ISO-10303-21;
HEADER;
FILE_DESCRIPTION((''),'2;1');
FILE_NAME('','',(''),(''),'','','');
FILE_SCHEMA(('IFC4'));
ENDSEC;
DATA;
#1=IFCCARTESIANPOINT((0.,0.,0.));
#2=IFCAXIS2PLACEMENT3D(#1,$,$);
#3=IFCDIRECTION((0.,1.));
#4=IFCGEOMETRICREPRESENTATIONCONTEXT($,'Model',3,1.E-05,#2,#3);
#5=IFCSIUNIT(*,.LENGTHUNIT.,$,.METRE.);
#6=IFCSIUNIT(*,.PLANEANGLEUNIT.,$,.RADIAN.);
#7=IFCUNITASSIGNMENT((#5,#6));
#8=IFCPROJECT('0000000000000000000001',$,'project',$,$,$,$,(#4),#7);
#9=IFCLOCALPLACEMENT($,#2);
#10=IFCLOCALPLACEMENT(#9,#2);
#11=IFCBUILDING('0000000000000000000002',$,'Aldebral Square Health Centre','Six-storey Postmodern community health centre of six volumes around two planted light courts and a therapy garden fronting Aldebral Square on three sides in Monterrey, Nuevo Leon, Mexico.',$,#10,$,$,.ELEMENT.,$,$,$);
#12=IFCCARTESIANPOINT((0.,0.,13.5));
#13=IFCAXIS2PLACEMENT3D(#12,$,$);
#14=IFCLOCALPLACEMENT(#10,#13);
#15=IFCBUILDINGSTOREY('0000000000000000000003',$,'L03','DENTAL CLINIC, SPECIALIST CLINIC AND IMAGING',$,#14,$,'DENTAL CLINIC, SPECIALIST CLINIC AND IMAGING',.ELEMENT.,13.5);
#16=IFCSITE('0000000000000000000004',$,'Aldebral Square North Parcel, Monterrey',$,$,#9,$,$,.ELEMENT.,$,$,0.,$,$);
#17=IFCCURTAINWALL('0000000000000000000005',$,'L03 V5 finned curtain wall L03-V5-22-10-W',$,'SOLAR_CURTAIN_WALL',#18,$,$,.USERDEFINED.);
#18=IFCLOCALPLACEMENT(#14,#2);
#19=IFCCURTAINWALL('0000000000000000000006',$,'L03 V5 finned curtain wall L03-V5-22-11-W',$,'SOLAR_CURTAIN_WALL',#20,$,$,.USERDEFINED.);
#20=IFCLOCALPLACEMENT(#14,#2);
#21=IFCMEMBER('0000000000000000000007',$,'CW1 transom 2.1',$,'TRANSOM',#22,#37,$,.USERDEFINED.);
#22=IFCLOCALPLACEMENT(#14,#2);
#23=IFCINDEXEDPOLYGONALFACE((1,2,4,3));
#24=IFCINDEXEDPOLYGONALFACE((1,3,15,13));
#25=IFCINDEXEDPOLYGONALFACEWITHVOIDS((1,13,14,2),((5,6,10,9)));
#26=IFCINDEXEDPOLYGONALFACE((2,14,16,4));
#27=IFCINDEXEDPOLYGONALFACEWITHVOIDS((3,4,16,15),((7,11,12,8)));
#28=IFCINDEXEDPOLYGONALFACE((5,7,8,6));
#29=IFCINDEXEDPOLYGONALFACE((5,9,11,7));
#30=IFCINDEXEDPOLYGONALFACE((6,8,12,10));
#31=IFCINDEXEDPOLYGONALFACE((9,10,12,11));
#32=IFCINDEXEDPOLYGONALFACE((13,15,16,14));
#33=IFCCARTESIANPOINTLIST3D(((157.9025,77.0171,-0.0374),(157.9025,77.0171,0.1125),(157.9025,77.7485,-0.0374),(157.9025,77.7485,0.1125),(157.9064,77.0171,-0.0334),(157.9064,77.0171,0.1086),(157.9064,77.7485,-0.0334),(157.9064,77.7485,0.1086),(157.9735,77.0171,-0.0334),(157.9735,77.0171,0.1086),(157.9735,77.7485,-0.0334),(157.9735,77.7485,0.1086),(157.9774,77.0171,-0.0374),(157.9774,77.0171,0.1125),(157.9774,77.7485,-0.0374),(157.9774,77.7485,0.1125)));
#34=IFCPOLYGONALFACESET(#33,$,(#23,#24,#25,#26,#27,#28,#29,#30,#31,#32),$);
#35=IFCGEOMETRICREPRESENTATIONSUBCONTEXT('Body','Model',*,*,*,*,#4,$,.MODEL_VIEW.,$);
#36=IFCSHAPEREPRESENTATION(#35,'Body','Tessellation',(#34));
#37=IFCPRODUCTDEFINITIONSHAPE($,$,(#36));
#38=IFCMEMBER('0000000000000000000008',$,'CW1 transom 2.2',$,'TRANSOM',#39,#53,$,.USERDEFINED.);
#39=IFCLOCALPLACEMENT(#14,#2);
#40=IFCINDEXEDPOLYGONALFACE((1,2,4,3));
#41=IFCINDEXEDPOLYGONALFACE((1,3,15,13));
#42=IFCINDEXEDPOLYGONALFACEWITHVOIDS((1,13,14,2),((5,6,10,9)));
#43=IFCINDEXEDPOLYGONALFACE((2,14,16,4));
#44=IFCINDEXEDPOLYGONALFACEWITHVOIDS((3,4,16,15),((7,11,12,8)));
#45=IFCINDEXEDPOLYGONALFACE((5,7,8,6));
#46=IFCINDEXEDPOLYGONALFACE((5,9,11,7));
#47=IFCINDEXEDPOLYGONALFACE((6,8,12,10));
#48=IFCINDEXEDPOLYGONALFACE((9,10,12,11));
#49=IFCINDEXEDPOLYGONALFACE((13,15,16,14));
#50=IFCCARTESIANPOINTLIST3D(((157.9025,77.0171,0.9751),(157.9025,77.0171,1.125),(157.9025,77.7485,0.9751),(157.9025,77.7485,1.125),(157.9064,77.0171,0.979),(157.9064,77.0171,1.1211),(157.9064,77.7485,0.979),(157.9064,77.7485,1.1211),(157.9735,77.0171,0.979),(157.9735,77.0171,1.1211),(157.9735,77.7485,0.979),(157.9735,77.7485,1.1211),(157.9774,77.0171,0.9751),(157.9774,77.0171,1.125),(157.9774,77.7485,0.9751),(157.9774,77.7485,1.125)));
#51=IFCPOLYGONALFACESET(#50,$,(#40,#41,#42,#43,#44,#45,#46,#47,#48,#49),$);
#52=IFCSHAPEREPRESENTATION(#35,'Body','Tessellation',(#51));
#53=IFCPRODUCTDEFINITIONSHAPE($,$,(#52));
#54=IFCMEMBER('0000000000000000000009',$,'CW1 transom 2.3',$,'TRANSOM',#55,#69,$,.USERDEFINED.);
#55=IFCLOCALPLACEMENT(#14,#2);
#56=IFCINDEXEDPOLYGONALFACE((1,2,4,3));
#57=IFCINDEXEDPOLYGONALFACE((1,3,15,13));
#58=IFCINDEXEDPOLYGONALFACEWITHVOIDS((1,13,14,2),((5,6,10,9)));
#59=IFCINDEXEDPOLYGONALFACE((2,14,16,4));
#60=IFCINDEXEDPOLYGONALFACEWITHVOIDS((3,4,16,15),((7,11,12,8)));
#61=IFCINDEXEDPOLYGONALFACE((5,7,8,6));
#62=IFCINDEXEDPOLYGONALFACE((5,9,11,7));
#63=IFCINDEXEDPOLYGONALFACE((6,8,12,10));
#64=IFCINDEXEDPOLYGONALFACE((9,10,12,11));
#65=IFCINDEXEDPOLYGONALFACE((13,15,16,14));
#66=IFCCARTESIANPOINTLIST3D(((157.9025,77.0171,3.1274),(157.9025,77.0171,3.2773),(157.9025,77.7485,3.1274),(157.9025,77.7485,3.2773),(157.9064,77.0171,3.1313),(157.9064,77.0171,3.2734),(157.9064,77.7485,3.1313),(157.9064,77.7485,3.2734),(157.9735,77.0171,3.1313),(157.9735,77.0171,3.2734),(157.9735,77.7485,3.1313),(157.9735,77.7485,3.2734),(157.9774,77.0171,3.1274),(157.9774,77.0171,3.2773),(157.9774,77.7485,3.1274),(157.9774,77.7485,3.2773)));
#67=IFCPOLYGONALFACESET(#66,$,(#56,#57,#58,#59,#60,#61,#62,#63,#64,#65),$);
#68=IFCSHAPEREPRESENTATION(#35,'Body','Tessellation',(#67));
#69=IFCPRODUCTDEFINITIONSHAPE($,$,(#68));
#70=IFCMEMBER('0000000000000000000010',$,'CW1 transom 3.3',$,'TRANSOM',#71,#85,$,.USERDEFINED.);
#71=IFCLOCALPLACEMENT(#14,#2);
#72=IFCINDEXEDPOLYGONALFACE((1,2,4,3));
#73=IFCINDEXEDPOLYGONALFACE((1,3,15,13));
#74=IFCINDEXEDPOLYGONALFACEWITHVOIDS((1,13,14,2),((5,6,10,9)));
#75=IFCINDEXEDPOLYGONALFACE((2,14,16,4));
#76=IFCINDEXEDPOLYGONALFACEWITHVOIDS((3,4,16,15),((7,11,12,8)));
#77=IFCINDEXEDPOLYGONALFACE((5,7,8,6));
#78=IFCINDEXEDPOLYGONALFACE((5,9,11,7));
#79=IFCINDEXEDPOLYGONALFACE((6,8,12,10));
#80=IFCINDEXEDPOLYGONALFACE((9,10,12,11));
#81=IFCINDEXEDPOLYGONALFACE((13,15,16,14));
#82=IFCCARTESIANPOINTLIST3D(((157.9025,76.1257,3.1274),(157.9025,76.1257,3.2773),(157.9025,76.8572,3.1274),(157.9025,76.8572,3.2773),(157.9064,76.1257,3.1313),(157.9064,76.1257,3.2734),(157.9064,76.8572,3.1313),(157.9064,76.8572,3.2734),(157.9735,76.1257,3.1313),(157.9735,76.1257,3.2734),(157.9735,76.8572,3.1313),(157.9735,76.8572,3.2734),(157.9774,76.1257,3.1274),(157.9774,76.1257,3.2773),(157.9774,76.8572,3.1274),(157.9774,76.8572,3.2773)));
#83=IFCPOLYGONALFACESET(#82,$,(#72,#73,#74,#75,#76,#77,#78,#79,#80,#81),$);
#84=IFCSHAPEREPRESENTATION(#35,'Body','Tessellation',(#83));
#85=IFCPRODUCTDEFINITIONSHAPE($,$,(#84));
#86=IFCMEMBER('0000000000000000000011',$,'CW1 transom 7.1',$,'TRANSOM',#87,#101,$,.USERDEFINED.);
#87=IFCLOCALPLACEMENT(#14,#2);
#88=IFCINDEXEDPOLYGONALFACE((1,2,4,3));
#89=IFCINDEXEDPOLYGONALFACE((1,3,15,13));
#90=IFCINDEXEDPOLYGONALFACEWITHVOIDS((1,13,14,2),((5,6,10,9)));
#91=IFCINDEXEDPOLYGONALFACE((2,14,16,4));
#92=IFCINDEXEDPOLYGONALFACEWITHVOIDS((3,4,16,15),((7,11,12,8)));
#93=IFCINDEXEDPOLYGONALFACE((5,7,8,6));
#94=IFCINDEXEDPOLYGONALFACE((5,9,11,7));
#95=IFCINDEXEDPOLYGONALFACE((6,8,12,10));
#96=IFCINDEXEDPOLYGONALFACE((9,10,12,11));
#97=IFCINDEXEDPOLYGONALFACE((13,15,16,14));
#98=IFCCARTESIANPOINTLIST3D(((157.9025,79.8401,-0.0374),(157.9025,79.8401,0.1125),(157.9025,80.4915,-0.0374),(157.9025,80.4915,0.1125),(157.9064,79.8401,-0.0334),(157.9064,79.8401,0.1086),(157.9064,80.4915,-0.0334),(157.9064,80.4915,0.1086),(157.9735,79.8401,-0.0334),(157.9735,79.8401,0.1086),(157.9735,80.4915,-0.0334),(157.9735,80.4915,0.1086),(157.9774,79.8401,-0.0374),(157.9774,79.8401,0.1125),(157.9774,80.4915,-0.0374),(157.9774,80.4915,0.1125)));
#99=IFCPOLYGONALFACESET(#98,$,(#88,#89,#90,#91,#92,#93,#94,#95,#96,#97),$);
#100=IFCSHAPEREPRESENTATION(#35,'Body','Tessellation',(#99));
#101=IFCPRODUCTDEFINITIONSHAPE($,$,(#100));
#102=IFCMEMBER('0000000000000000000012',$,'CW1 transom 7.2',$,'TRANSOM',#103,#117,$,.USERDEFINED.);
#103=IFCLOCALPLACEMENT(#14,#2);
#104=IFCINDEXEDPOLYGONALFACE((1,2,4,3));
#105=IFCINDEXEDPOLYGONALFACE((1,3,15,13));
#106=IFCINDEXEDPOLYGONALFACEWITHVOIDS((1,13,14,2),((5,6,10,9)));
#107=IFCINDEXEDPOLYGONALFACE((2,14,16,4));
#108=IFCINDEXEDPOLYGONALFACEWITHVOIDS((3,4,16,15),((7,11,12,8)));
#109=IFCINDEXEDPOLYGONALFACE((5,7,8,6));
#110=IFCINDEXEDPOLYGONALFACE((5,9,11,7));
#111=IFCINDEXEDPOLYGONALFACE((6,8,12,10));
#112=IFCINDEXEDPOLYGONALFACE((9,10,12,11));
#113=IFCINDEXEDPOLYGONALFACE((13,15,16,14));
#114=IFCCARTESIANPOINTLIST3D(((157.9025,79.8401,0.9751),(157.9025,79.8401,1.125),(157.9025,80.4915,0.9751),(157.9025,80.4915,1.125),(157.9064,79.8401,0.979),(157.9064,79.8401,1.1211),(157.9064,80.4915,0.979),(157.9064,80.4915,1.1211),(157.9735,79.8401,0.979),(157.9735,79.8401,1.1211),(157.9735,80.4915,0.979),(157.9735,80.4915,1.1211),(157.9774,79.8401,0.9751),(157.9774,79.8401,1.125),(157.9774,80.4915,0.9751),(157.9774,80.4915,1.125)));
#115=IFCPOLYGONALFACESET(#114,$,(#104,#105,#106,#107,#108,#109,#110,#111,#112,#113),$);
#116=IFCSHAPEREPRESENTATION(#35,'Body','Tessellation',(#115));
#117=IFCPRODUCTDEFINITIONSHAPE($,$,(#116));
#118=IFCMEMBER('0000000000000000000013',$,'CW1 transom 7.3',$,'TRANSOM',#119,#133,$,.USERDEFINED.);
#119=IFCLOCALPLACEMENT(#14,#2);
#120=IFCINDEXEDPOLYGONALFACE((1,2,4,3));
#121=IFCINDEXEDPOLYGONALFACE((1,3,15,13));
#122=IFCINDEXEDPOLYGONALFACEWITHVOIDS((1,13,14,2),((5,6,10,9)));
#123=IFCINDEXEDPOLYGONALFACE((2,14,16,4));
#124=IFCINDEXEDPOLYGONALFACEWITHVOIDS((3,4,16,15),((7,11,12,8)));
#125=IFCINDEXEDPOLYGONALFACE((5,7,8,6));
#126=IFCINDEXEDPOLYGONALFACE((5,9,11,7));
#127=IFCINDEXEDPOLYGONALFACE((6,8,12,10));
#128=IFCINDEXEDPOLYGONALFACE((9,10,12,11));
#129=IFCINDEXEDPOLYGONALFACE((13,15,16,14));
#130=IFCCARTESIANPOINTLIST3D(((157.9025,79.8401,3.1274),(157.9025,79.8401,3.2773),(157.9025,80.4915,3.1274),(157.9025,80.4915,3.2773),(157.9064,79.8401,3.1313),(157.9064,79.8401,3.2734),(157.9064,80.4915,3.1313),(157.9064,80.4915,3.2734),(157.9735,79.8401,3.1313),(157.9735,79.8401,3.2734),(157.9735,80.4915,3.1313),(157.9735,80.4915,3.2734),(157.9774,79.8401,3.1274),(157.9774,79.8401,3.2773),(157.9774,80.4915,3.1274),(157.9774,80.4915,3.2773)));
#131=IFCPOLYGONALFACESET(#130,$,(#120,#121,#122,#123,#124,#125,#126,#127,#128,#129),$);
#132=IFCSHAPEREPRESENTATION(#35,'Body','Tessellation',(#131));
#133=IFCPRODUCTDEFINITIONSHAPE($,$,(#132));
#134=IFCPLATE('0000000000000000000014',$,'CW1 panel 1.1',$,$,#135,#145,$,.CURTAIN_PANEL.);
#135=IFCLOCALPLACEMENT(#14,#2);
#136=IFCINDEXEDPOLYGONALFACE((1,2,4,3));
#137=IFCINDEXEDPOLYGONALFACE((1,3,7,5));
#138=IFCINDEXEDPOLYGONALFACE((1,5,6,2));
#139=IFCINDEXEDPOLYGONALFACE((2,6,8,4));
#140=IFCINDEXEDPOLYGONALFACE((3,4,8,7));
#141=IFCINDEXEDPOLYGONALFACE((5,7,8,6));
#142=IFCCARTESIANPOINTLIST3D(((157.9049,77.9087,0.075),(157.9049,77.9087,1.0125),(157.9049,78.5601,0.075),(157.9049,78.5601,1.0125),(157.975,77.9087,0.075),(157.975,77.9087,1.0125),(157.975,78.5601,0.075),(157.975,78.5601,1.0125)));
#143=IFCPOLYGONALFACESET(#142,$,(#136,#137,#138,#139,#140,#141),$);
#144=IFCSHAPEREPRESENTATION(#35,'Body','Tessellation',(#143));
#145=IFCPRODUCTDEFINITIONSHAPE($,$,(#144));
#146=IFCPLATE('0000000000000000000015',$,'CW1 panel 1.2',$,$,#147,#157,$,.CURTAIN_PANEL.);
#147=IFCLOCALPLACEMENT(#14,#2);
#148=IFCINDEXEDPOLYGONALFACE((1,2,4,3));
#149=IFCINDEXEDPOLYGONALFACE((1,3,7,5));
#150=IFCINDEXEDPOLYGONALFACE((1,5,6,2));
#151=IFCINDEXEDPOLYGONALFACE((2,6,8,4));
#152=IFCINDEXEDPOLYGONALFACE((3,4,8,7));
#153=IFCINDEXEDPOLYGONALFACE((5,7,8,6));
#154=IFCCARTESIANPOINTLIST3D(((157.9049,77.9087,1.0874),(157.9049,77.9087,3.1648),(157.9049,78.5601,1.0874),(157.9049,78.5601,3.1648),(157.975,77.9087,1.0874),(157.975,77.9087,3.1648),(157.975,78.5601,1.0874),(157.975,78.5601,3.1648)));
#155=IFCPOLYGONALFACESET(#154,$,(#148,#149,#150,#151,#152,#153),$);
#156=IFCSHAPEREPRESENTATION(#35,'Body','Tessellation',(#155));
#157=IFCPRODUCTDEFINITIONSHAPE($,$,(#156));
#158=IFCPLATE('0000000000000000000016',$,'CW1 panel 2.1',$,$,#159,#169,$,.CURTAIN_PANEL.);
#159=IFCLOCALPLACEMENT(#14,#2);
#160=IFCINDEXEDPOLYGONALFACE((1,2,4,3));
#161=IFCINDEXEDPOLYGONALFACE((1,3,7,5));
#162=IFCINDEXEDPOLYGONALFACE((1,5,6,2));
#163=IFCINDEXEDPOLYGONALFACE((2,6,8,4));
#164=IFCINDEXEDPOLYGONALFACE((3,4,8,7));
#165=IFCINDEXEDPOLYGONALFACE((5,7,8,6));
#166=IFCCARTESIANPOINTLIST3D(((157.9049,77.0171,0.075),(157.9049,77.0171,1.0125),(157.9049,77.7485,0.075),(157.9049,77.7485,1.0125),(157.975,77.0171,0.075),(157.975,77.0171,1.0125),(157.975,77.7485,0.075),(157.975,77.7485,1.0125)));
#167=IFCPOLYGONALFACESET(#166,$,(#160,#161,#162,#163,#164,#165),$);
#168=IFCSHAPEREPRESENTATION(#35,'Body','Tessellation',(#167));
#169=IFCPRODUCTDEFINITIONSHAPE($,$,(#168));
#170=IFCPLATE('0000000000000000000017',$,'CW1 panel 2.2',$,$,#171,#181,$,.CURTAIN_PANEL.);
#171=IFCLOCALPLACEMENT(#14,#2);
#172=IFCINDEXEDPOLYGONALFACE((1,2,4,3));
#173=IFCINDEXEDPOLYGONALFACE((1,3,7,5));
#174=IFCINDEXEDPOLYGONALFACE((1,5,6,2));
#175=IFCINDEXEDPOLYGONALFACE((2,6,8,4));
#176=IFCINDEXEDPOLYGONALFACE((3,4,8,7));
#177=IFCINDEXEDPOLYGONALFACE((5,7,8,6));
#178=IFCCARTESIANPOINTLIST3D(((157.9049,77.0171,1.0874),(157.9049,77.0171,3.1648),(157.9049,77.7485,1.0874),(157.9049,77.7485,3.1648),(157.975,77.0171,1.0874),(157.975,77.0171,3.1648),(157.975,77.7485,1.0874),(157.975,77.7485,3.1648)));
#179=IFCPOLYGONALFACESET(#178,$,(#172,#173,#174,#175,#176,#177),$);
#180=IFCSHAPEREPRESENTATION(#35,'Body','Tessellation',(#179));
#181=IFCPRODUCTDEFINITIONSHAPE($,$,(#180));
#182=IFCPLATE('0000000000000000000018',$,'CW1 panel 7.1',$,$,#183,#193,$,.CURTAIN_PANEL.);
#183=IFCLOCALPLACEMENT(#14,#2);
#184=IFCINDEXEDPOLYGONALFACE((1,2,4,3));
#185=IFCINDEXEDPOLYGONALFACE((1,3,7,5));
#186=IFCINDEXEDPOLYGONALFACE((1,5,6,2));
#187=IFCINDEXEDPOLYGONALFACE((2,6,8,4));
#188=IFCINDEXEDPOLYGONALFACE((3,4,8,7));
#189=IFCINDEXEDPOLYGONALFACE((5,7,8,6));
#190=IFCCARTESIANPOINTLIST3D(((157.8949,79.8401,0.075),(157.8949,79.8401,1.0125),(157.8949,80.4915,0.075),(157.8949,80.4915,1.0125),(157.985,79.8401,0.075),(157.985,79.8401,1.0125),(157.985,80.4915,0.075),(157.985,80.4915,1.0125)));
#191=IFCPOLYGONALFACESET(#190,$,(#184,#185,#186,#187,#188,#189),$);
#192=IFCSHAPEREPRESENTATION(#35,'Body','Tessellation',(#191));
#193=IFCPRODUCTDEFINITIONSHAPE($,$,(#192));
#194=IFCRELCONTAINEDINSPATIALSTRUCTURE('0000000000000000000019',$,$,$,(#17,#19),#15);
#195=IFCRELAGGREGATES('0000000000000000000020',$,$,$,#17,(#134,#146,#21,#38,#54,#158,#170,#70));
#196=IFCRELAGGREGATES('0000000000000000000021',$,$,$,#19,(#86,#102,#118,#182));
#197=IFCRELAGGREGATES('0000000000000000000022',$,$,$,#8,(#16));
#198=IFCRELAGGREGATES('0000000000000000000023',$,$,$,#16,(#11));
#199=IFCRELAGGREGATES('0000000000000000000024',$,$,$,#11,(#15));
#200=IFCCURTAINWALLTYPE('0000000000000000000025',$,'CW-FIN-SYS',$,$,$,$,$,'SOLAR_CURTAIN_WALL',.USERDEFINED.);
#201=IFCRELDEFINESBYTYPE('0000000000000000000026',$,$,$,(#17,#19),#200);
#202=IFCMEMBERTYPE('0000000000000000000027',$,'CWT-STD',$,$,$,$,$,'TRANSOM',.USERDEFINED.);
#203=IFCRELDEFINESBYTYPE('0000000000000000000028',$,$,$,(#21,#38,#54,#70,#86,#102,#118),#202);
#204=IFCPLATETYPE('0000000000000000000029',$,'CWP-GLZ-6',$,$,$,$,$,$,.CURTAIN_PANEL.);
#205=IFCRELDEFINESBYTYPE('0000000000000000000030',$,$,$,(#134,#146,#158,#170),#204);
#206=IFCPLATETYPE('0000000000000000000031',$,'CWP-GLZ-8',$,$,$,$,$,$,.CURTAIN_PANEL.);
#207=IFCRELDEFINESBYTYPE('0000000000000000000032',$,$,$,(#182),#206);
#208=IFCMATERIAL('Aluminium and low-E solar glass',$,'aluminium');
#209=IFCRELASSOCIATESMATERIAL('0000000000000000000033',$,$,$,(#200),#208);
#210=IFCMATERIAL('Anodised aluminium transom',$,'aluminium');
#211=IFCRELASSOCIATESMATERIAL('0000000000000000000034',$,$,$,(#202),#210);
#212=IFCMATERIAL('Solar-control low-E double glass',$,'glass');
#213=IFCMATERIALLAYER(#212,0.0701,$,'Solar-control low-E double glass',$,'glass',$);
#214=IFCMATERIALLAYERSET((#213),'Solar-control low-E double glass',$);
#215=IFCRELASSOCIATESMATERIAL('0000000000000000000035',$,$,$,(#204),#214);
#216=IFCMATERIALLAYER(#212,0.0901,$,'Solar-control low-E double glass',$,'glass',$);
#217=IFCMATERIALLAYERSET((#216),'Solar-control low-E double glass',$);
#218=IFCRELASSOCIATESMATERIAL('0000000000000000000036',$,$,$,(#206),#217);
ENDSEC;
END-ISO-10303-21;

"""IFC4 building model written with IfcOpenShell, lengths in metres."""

from ifc_helpers import new_model, si_unit, direction, frame, origin, origin_2d, place, context, subcontext, project, spatial, rectangle, hollow_rectangle, extrude, material, layer, layer_set, material_profile, profile_set, type_object, element, aggregate, save


model = new_model("IFC4")

# Units and contexts
model_context = context("Model", 3, precision=1e-05, world=origin(), true_north=direction((0.0, 1.0)))
body_context = subcontext(model_context, "Body", "Model", "MODEL_VIEW")
ifc_project = project(units=[si_unit("LENGTHUNIT", "METRE"), si_unit("PLANEANGLEUNIT", "RADIAN")], contexts=[model_context])

# Site, building, storey
site_placement = place(None, origin())
site = spatial("IfcSite", under=ifc_project, at=site_placement, Name="Aldebral Square North Parcel, Monterrey", CompositionType="ELEMENT", RefElevation=0.0)
building_placement = place(site_placement, origin())
building = spatial("IfcBuilding", under=site, at=building_placement, Name="Aldebral Square Health Centre", Description="Six-storey Postmodern community health centre of six volumes around two planted light courts and a therapy garden fronting Aldebral Square on three sides in Monterrey, Nuevo Leon, Mexico.", CompositionType="ELEMENT")
storey_placement = place(building_placement, frame((0.0, 0.0, 13.5)))
storey = spatial("IfcBuildingStorey", under=building, at=storey_placement, Name="L03", Description="DENTAL CLINIC, SPECIALIST CLINIC AND IMAGING", LongName="DENTAL CLINIC, SPECIALIST CLINIC AND IMAGING", CompositionType="ELEMENT", Elevation=13.5)

# Curtain walls
ifc_material_1 = material(Name="Aluminium and low-E solar glass", Category="aluminium")
curtain_wall_type = type_object("IfcCurtainWallType", Name="CW-FIN-SYS", ElementType="SOLAR_CURTAIN_WALL", PredefinedType="USERDEFINED", material=ifc_material_1)
curtain_wall_1_placement = place(storey_placement, origin())
curtain_wall_1 = element("IfcCurtainWall", 1, at=curtain_wall_1_placement, inside=storey, type_object=curtain_wall_type, Name="L03 V5 finned curtain wall L03-V5-22-10-W", ObjectType="SOLAR_CURTAIN_WALL", PredefinedType="USERDEFINED")
curtain_wall_2_placement = place(storey_placement, origin())
curtain_wall_2 = element("IfcCurtainWall", 2, at=curtain_wall_2_placement, inside=storey, type_object=curtain_wall_type, Name="L03 V5 finned curtain wall L03-V5-22-11-W", ObjectType="SOLAR_CURTAIN_WALL", PredefinedType="USERDEFINED")

# Members
ifc_material_2 = material(Name="Anodised aluminium transom", Category="aluminium")
ifc_material_profile_1 = material_profile(ifc_material_2, hollow_rectangle(XDim=0.075, YDim=0.1499, WallThickness=0.0039, at=origin_2d()), Name="CWT 75x150x4")
ifc_profile_set_1 = profile_set([ifc_material_profile_1], Name="Anodised aluminium transom")
member_type_1 = type_object("IfcMemberType", Name="CWT-STD", ElementType="TRANSOM", PredefinedType="USERDEFINED", material=ifc_profile_set_1)
member_1_placement = place(storey_placement, frame((157.9399, 77.7485, 0.0376), z_axis=(0.0, -1.0, 0.0), x_axis=(1.0, 0.0, 0.0)))
member_1 = element("IfcMember", 3, at=member_1_placement, type_object=member_type_1, Name="CW1 transom 2.1", ObjectType="TRANSOM", PredefinedType="USERDEFINED", context=body_context, shape_type="SweptSolid", body=[
    extrude(hollow_rectangle(XDim=0.075, YDim=0.1499, WallThickness=0.0039, at=origin_2d()), origin(), (0.0, 0.0, 1.0), 0.7314),
])
member_2_placement = place(storey_placement, frame((157.9399, 77.7485, 1.05), z_axis=(0.0, -1.0, 0.0), x_axis=(1.0, 0.0, 0.0)))
member_2 = element("IfcMember", 4, at=member_2_placement, type_object=member_type_1, Name="CW1 transom 2.2", ObjectType="TRANSOM", PredefinedType="USERDEFINED", context=body_context, shape_type="SweptSolid", body=[
    extrude(hollow_rectangle(XDim=0.075, YDim=0.1499, WallThickness=0.0039, at=origin_2d()), origin(), (0.0, 0.0, 1.0), 0.7314),
])
member_3_placement = place(storey_placement, frame((157.9399, 77.7485, 3.2024), z_axis=(0.0, -1.0, 0.0), x_axis=(1.0, 0.0, 0.0)))
member_3 = element("IfcMember", 5, at=member_3_placement, type_object=member_type_1, Name="CW1 transom 2.3", ObjectType="TRANSOM", PredefinedType="USERDEFINED", context=body_context, shape_type="SweptSolid", body=[
    extrude(hollow_rectangle(XDim=0.075, YDim=0.1499, WallThickness=0.0039, at=origin_2d()), origin(), (0.0, 0.0, 1.0), 0.7314),
])
member_4_placement = place(storey_placement, frame((157.9399, 76.8572, 3.2024), z_axis=(0.0, -1.0, 0.0), x_axis=(1.0, 0.0, 0.0)))
member_4 = element("IfcMember", 6, at=member_4_placement, type_object=member_type_1, Name="CW1 transom 3.3", ObjectType="TRANSOM", PredefinedType="USERDEFINED", context=body_context, shape_type="SweptSolid", body=[
    extrude(hollow_rectangle(XDim=0.075, YDim=0.1499, WallThickness=0.0039, at=origin_2d()), origin(), (0.0, 0.0, 1.0), 0.7314),
])
member_5_placement = place(storey_placement, frame((157.9399, 80.4915, 0.0376), z_axis=(0.0, -1.0, 0.0), x_axis=(1.0, 0.0, 0.0)))
member_5 = element("IfcMember", 7, at=member_5_placement, type_object=member_type_1, Name="CW1 transom 7.1", ObjectType="TRANSOM", PredefinedType="USERDEFINED", context=body_context, shape_type="SweptSolid", body=[
    extrude(hollow_rectangle(XDim=0.075, YDim=0.1499, WallThickness=0.0039, at=origin_2d()), origin(), (0.0, 0.0, 1.0), 0.6514),
])
member_6_placement = place(storey_placement, frame((157.9399, 80.4915, 1.05), z_axis=(0.0, -1.0, 0.0), x_axis=(1.0, 0.0, 0.0)))
member_6 = element("IfcMember", 8, at=member_6_placement, type_object=member_type_1, Name="CW1 transom 7.2", ObjectType="TRANSOM", PredefinedType="USERDEFINED", context=body_context, shape_type="SweptSolid", body=[
    extrude(hollow_rectangle(XDim=0.075, YDim=0.1499, WallThickness=0.0039, at=origin_2d()), origin(), (0.0, 0.0, 1.0), 0.6514),
])
member_7_placement = place(storey_placement, frame((157.9399, 80.4915, 3.2024), z_axis=(0.0, -1.0, 0.0), x_axis=(1.0, 0.0, 0.0)))
member_7 = element("IfcMember", 9, at=member_7_placement, type_object=member_type_1, Name="CW1 transom 7.3", ObjectType="TRANSOM", PredefinedType="USERDEFINED", context=body_context, shape_type="SweptSolid", body=[
    extrude(hollow_rectangle(XDim=0.075, YDim=0.1499, WallThickness=0.0039, at=origin_2d()), origin(), (0.0, 0.0, 1.0), 0.6514),
])

# Plates
ifc_material_3 = material(Name="Solar-control low-E double glass", Category="glass")
ifc_layer_1 = layer(ifc_material_3, 0.0701, Name="Solar-control low-E double glass", Category="glass")
ifc_layer_set_1 = layer_set([ifc_layer_1], Name="Solar-control low-E double glass")
plate_type_1 = type_object("IfcPlateType", Name="CWP-GLZ-6", PredefinedType="CURTAIN_PANEL", material=ifc_layer_set_1)
plate_1_placement = place(storey_placement, frame((157.9399, 78.2344, 0.075), z_axis=(0.0, 0.0, 1.0), x_axis=(0.0, -1.0, 0.0)))
plate_1 = element("IfcPlate", 10, at=plate_1_placement, type_object=plate_type_1, Name="CW1 panel 1.1", PredefinedType="CURTAIN_PANEL", context=body_context, shape_type="SweptSolid", body=[
    extrude(rectangle(XDim=0.6514, YDim=0.0701, at=origin_2d()), origin(), (0.0, 0.0, 1.0), 0.9375),
])
plate_2_placement = place(storey_placement, frame((157.9399, 78.2344, 1.0874), z_axis=(0.0, 0.0, 1.0), x_axis=(0.0, -1.0, 0.0)))
plate_2 = element("IfcPlate", 11, at=plate_2_placement, type_object=plate_type_1, Name="CW1 panel 1.2", PredefinedType="CURTAIN_PANEL", context=body_context, shape_type="SweptSolid", body=[
    extrude(rectangle(XDim=0.6514, YDim=0.0701, at=origin_2d()), origin(), (0.0, 0.0, 1.0), 2.0774),
])
plate_3_placement = place(storey_placement, frame((157.9399, 77.3828, 0.075), z_axis=(0.0, 0.0, 1.0), x_axis=(0.0, -1.0, 0.0)))
plate_3 = element("IfcPlate", 12, at=plate_3_placement, type_object=plate_type_1, Name="CW1 panel 2.1", PredefinedType="CURTAIN_PANEL", context=body_context, shape_type="SweptSolid", body=[
    extrude(rectangle(XDim=0.7314, YDim=0.0701, at=origin_2d()), origin(), (0.0, 0.0, 1.0), 0.9375),
])
plate_4_placement = place(storey_placement, frame((157.9399, 77.3828, 1.0874), z_axis=(0.0, 0.0, 1.0), x_axis=(0.0, -1.0, 0.0)))
plate_4 = element("IfcPlate", 13, at=plate_4_placement, type_object=plate_type_1, Name="CW1 panel 2.2", PredefinedType="CURTAIN_PANEL", context=body_context, shape_type="SweptSolid", body=[
    extrude(rectangle(XDim=0.7314, YDim=0.0701, at=origin_2d()), origin(), (0.0, 0.0, 1.0), 2.0774),
])
aggregate(curtain_wall_1, [plate_1, plate_2, member_1, member_2, member_3, plate_3, plate_4, member_4])
ifc_layer_2 = layer(ifc_material_3, 0.0901, Name="Solar-control low-E double glass", Category="glass")
ifc_layer_set_2 = layer_set([ifc_layer_2], Name="Solar-control low-E double glass")
plate_type_2 = type_object("IfcPlateType", Name="CWP-GLZ-8", PredefinedType="CURTAIN_PANEL", material=ifc_layer_set_2)
plate_5_placement = place(storey_placement, frame((157.9399, 80.1658, 0.075), z_axis=(0.0, 0.0, 1.0), x_axis=(0.0, -1.0, 0.0)))
plate_5 = element("IfcPlate", 14, at=plate_5_placement, type_object=plate_type_2, Name="CW1 panel 7.1", PredefinedType="CURTAIN_PANEL", context=body_context, shape_type="SweptSolid", body=[
    extrude(rectangle(XDim=0.6514, YDim=0.0901, at=origin_2d()), origin(), (0.0, 0.0, 1.0), 0.9375),
])
aggregate(curtain_wall_2, [member_5, member_6, member_7, plate_5])

save(model, "model.ifc")
